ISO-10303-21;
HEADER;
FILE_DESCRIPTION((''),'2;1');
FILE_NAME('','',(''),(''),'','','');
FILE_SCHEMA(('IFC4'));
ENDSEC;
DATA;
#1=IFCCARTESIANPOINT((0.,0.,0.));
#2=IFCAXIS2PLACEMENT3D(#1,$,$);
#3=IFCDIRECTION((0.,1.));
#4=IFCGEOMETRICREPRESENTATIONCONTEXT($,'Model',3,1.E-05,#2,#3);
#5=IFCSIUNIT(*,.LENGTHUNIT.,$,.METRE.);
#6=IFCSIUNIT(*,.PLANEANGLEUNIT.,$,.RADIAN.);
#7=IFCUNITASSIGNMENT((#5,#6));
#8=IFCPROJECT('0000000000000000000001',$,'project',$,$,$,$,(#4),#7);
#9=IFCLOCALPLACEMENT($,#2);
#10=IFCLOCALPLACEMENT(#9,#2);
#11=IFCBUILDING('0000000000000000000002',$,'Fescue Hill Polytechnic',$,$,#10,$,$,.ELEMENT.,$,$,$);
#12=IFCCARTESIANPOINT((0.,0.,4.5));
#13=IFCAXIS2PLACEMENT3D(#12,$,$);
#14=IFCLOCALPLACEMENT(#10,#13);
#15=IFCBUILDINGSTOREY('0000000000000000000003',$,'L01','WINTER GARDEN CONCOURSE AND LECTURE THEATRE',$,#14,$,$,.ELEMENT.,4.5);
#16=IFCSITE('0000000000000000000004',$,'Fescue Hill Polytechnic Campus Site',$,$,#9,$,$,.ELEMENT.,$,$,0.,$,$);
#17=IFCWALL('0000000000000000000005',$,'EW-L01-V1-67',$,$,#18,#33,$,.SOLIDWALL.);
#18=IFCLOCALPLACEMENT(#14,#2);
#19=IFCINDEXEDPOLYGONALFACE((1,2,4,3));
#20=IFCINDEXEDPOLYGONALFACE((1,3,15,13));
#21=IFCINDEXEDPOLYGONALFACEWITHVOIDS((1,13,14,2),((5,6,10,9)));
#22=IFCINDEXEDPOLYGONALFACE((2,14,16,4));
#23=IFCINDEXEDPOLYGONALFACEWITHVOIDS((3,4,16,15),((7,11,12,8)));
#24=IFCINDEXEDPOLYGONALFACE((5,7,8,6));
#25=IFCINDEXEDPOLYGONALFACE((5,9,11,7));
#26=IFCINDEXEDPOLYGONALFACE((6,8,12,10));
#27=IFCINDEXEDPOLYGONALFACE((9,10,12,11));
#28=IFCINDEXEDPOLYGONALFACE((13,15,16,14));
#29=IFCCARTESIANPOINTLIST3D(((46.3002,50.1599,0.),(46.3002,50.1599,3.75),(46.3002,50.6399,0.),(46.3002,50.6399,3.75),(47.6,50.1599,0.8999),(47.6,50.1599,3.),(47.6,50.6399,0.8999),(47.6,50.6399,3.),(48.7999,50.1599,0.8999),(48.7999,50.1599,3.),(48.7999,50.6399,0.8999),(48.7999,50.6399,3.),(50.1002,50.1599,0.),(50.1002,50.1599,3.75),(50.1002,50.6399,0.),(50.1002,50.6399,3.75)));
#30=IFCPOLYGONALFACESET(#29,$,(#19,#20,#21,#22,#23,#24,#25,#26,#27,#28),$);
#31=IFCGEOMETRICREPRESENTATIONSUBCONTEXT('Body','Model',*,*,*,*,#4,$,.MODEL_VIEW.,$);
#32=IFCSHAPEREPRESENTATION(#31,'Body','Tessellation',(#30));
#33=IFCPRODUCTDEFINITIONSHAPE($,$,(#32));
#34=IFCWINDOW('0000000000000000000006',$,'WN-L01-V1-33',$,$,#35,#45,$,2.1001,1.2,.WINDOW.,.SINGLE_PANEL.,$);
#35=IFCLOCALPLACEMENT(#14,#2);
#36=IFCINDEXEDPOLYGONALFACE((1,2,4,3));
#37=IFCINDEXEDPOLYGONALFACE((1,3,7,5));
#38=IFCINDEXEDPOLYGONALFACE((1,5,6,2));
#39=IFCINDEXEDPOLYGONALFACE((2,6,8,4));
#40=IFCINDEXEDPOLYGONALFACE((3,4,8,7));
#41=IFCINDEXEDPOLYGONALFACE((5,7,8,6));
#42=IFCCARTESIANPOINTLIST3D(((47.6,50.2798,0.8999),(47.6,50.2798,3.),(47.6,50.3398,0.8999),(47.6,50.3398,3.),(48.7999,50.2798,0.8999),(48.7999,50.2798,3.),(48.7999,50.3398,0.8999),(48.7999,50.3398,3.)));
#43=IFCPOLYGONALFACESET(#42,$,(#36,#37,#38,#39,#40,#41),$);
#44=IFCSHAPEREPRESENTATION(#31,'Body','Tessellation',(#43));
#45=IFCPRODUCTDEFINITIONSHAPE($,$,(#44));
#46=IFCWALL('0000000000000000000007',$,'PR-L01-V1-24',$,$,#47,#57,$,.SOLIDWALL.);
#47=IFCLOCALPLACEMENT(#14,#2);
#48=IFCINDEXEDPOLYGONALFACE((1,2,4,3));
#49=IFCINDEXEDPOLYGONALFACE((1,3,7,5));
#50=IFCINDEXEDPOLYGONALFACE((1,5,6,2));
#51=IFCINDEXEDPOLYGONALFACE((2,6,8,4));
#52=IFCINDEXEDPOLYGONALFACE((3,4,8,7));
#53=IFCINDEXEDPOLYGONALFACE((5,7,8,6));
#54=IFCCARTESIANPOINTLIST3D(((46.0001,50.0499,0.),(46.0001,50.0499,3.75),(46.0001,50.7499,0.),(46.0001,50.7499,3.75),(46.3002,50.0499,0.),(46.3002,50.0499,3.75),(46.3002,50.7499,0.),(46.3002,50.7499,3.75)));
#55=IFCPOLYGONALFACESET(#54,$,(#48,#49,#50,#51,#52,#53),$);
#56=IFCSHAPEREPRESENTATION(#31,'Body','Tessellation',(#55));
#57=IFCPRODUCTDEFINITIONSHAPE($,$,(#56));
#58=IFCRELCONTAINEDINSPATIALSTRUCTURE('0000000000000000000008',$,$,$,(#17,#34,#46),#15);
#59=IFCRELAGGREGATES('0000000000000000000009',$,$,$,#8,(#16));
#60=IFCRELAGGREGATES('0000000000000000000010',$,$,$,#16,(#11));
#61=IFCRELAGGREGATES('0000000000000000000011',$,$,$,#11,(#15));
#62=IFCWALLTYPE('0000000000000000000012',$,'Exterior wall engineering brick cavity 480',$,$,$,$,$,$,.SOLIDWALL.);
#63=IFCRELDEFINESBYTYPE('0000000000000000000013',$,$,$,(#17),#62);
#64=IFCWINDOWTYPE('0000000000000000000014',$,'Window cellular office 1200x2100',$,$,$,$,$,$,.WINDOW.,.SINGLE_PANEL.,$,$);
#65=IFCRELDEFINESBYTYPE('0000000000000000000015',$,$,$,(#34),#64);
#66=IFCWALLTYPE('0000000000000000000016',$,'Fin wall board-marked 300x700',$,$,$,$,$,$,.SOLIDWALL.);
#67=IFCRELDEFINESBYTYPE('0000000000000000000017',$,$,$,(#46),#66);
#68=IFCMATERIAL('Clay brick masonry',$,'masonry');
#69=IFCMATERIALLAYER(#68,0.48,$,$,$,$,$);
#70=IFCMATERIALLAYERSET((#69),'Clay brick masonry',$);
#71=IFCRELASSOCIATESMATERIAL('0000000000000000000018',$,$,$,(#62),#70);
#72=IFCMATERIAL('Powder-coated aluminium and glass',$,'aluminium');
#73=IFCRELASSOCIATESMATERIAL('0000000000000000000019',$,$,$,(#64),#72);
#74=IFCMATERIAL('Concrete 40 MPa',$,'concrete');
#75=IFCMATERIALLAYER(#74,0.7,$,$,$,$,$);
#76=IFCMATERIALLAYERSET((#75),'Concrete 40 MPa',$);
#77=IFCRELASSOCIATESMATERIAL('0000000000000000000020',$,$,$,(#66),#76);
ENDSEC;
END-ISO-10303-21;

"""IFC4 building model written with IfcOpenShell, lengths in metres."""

from ifc_helpers import new_model, si_unit, direction, frame, frame_2d, origin, place, context, subcontext, project, spatial, rectangle, extrude, material, layer, layer_set, type_object, element, fill, save


model = new_model("IFC4")

# Units and contexts
model_context = context("Model", 3, precision=1e-05, world=origin(), true_north=direction((0.0, 1.0)))
body_context = subcontext(model_context, "Body", "Model", "MODEL_VIEW")
ifc_project = project(units=[si_unit("LENGTHUNIT", "METRE"), si_unit("PLANEANGLEUNIT", "RADIAN")], contexts=[model_context])

# Site, building, storey
site_placement = place(None, origin())
site = spatial("IfcSite", under=ifc_project, at=site_placement, Name="Fescue Hill Polytechnic Campus Site", CompositionType="ELEMENT", RefElevation=0.0)
building_placement = place(site_placement, origin())
building = spatial("IfcBuilding", under=site, at=building_placement, Name="Fescue Hill Polytechnic", CompositionType="ELEMENT")
storey_placement = place(building_placement, frame((0.0, 0.0, 4.5)))
storey = spatial("IfcBuildingStorey", under=building, at=storey_placement, Name="L01", Description="WINTER GARDEN CONCOURSE AND LECTURE THEATRE", CompositionType="ELEMENT", Elevation=4.5)

# Shared definitions
ifc_material_1 = material(Name="Concrete 40 MPa", Category="concrete")

# Shared definitions
ifc_material_2 = material(Name="Clay brick masonry", Category="masonry")
ifc_layer_1 = layer(ifc_material_2, 0.48)
ifc_layer_set_1 = layer_set([ifc_layer_1], Name="Clay brick masonry")
wall_type_1 = type_object("IfcWallType", Name="Exterior wall engineering brick cavity 480", PredefinedType="SOLIDWALL", material=ifc_layer_set_1)

# Wall, opening, window
wall_1_placement = place(storey_placement, frame((50.1001, 50.3999, 0.0), z_axis=(0.0, 0.0, 1.0), x_axis=(-1.0, 0.0, 0.0)))
wall_1 = element("IfcWall", 1, at=wall_1_placement, inside=storey, type_object=wall_type_1, Name="EW-L01-V1-67", PredefinedType="SOLIDWALL", context=body_context, shape_type="SweptSolid", body=[
    extrude(rectangle(XDim=3.8, YDim=0.48, at=frame_2d((1.8999, 0.0))), origin(), (0.0, 0.0, 1.0), 3.75),
])
opening_1_placement = place(wall_1_placement, frame((1.3, 0.0, 0.8999)))
opening_1 = element("IfcOpeningElement", 2, at=opening_1_placement, cuts=wall_1, PredefinedType="OPENING", context=body_context, shape_type="SweptSolid", body=[
    extrude(rectangle(XDim=1.2, YDim=2.1001, at=frame_2d((0.6001, 1.05))), frame((0.0, 0.25, 0.0), z_axis=(0.0, -1.0, 0.0), x_axis=(1.0, 0.0, 0.0)), (0.0, 0.0, 1.0), 0.5),
])
ifc_material_3 = material(Name="Powder-coated aluminium and glass", Category="aluminium")
window_type = type_object("IfcWindowType", Name="Window cellular office 1200x2100", PartitioningType="SINGLE_PANEL", PredefinedType="WINDOW", material=ifc_material_3)
window_placement = place(opening_1_placement, origin())
window = element("IfcWindow", 3, at=window_placement, inside=storey, type_object=window_type, Name="WN-L01-V1-33", OverallHeight=2.1001, OverallWidth=1.2, PartitioningType="SINGLE_PANEL", PredefinedType="WINDOW", context=body_context, shape_type="SweptSolid", body=[
    extrude(rectangle(XDim=1.2, YDim=2.1001, at=frame_2d((0.6001, 1.05))), frame((0.0, 0.1201, 0.0), z_axis=(0.0, -1.0, 0.0), x_axis=(1.0, 0.0, 0.0)), (0.0, 0.0, 1.0), 0.0601),
])
fill(opening_1, window)

# Wall
ifc_layer_2 = layer(ifc_material_1, 0.7)
ifc_layer_set_2 = layer_set([ifc_layer_2], Name="Concrete 40 MPa")
wall_type_2 = type_object("IfcWallType", Name="Fin wall board-marked 300x700", PredefinedType="SOLIDWALL", material=ifc_layer_set_2)
wall_2_placement = place(storey_placement, frame((46.3, 50.3999, 0.0), z_axis=(0.0, 0.0, 1.0), x_axis=(-1.0, 0.0, 0.0)))
element("IfcWall", 4, at=wall_2_placement, inside=storey, type_object=wall_type_2, Name="PR-L01-V1-24", PredefinedType="SOLIDWALL", context=body_context, shape_type="SweptSolid", body=[
    extrude(rectangle(XDim=0.3, YDim=0.7, at=frame_2d((0.1499, 0.0))), origin(), (0.0, 0.0, 1.0), 3.75),
])

save(model, "model.ifc")
